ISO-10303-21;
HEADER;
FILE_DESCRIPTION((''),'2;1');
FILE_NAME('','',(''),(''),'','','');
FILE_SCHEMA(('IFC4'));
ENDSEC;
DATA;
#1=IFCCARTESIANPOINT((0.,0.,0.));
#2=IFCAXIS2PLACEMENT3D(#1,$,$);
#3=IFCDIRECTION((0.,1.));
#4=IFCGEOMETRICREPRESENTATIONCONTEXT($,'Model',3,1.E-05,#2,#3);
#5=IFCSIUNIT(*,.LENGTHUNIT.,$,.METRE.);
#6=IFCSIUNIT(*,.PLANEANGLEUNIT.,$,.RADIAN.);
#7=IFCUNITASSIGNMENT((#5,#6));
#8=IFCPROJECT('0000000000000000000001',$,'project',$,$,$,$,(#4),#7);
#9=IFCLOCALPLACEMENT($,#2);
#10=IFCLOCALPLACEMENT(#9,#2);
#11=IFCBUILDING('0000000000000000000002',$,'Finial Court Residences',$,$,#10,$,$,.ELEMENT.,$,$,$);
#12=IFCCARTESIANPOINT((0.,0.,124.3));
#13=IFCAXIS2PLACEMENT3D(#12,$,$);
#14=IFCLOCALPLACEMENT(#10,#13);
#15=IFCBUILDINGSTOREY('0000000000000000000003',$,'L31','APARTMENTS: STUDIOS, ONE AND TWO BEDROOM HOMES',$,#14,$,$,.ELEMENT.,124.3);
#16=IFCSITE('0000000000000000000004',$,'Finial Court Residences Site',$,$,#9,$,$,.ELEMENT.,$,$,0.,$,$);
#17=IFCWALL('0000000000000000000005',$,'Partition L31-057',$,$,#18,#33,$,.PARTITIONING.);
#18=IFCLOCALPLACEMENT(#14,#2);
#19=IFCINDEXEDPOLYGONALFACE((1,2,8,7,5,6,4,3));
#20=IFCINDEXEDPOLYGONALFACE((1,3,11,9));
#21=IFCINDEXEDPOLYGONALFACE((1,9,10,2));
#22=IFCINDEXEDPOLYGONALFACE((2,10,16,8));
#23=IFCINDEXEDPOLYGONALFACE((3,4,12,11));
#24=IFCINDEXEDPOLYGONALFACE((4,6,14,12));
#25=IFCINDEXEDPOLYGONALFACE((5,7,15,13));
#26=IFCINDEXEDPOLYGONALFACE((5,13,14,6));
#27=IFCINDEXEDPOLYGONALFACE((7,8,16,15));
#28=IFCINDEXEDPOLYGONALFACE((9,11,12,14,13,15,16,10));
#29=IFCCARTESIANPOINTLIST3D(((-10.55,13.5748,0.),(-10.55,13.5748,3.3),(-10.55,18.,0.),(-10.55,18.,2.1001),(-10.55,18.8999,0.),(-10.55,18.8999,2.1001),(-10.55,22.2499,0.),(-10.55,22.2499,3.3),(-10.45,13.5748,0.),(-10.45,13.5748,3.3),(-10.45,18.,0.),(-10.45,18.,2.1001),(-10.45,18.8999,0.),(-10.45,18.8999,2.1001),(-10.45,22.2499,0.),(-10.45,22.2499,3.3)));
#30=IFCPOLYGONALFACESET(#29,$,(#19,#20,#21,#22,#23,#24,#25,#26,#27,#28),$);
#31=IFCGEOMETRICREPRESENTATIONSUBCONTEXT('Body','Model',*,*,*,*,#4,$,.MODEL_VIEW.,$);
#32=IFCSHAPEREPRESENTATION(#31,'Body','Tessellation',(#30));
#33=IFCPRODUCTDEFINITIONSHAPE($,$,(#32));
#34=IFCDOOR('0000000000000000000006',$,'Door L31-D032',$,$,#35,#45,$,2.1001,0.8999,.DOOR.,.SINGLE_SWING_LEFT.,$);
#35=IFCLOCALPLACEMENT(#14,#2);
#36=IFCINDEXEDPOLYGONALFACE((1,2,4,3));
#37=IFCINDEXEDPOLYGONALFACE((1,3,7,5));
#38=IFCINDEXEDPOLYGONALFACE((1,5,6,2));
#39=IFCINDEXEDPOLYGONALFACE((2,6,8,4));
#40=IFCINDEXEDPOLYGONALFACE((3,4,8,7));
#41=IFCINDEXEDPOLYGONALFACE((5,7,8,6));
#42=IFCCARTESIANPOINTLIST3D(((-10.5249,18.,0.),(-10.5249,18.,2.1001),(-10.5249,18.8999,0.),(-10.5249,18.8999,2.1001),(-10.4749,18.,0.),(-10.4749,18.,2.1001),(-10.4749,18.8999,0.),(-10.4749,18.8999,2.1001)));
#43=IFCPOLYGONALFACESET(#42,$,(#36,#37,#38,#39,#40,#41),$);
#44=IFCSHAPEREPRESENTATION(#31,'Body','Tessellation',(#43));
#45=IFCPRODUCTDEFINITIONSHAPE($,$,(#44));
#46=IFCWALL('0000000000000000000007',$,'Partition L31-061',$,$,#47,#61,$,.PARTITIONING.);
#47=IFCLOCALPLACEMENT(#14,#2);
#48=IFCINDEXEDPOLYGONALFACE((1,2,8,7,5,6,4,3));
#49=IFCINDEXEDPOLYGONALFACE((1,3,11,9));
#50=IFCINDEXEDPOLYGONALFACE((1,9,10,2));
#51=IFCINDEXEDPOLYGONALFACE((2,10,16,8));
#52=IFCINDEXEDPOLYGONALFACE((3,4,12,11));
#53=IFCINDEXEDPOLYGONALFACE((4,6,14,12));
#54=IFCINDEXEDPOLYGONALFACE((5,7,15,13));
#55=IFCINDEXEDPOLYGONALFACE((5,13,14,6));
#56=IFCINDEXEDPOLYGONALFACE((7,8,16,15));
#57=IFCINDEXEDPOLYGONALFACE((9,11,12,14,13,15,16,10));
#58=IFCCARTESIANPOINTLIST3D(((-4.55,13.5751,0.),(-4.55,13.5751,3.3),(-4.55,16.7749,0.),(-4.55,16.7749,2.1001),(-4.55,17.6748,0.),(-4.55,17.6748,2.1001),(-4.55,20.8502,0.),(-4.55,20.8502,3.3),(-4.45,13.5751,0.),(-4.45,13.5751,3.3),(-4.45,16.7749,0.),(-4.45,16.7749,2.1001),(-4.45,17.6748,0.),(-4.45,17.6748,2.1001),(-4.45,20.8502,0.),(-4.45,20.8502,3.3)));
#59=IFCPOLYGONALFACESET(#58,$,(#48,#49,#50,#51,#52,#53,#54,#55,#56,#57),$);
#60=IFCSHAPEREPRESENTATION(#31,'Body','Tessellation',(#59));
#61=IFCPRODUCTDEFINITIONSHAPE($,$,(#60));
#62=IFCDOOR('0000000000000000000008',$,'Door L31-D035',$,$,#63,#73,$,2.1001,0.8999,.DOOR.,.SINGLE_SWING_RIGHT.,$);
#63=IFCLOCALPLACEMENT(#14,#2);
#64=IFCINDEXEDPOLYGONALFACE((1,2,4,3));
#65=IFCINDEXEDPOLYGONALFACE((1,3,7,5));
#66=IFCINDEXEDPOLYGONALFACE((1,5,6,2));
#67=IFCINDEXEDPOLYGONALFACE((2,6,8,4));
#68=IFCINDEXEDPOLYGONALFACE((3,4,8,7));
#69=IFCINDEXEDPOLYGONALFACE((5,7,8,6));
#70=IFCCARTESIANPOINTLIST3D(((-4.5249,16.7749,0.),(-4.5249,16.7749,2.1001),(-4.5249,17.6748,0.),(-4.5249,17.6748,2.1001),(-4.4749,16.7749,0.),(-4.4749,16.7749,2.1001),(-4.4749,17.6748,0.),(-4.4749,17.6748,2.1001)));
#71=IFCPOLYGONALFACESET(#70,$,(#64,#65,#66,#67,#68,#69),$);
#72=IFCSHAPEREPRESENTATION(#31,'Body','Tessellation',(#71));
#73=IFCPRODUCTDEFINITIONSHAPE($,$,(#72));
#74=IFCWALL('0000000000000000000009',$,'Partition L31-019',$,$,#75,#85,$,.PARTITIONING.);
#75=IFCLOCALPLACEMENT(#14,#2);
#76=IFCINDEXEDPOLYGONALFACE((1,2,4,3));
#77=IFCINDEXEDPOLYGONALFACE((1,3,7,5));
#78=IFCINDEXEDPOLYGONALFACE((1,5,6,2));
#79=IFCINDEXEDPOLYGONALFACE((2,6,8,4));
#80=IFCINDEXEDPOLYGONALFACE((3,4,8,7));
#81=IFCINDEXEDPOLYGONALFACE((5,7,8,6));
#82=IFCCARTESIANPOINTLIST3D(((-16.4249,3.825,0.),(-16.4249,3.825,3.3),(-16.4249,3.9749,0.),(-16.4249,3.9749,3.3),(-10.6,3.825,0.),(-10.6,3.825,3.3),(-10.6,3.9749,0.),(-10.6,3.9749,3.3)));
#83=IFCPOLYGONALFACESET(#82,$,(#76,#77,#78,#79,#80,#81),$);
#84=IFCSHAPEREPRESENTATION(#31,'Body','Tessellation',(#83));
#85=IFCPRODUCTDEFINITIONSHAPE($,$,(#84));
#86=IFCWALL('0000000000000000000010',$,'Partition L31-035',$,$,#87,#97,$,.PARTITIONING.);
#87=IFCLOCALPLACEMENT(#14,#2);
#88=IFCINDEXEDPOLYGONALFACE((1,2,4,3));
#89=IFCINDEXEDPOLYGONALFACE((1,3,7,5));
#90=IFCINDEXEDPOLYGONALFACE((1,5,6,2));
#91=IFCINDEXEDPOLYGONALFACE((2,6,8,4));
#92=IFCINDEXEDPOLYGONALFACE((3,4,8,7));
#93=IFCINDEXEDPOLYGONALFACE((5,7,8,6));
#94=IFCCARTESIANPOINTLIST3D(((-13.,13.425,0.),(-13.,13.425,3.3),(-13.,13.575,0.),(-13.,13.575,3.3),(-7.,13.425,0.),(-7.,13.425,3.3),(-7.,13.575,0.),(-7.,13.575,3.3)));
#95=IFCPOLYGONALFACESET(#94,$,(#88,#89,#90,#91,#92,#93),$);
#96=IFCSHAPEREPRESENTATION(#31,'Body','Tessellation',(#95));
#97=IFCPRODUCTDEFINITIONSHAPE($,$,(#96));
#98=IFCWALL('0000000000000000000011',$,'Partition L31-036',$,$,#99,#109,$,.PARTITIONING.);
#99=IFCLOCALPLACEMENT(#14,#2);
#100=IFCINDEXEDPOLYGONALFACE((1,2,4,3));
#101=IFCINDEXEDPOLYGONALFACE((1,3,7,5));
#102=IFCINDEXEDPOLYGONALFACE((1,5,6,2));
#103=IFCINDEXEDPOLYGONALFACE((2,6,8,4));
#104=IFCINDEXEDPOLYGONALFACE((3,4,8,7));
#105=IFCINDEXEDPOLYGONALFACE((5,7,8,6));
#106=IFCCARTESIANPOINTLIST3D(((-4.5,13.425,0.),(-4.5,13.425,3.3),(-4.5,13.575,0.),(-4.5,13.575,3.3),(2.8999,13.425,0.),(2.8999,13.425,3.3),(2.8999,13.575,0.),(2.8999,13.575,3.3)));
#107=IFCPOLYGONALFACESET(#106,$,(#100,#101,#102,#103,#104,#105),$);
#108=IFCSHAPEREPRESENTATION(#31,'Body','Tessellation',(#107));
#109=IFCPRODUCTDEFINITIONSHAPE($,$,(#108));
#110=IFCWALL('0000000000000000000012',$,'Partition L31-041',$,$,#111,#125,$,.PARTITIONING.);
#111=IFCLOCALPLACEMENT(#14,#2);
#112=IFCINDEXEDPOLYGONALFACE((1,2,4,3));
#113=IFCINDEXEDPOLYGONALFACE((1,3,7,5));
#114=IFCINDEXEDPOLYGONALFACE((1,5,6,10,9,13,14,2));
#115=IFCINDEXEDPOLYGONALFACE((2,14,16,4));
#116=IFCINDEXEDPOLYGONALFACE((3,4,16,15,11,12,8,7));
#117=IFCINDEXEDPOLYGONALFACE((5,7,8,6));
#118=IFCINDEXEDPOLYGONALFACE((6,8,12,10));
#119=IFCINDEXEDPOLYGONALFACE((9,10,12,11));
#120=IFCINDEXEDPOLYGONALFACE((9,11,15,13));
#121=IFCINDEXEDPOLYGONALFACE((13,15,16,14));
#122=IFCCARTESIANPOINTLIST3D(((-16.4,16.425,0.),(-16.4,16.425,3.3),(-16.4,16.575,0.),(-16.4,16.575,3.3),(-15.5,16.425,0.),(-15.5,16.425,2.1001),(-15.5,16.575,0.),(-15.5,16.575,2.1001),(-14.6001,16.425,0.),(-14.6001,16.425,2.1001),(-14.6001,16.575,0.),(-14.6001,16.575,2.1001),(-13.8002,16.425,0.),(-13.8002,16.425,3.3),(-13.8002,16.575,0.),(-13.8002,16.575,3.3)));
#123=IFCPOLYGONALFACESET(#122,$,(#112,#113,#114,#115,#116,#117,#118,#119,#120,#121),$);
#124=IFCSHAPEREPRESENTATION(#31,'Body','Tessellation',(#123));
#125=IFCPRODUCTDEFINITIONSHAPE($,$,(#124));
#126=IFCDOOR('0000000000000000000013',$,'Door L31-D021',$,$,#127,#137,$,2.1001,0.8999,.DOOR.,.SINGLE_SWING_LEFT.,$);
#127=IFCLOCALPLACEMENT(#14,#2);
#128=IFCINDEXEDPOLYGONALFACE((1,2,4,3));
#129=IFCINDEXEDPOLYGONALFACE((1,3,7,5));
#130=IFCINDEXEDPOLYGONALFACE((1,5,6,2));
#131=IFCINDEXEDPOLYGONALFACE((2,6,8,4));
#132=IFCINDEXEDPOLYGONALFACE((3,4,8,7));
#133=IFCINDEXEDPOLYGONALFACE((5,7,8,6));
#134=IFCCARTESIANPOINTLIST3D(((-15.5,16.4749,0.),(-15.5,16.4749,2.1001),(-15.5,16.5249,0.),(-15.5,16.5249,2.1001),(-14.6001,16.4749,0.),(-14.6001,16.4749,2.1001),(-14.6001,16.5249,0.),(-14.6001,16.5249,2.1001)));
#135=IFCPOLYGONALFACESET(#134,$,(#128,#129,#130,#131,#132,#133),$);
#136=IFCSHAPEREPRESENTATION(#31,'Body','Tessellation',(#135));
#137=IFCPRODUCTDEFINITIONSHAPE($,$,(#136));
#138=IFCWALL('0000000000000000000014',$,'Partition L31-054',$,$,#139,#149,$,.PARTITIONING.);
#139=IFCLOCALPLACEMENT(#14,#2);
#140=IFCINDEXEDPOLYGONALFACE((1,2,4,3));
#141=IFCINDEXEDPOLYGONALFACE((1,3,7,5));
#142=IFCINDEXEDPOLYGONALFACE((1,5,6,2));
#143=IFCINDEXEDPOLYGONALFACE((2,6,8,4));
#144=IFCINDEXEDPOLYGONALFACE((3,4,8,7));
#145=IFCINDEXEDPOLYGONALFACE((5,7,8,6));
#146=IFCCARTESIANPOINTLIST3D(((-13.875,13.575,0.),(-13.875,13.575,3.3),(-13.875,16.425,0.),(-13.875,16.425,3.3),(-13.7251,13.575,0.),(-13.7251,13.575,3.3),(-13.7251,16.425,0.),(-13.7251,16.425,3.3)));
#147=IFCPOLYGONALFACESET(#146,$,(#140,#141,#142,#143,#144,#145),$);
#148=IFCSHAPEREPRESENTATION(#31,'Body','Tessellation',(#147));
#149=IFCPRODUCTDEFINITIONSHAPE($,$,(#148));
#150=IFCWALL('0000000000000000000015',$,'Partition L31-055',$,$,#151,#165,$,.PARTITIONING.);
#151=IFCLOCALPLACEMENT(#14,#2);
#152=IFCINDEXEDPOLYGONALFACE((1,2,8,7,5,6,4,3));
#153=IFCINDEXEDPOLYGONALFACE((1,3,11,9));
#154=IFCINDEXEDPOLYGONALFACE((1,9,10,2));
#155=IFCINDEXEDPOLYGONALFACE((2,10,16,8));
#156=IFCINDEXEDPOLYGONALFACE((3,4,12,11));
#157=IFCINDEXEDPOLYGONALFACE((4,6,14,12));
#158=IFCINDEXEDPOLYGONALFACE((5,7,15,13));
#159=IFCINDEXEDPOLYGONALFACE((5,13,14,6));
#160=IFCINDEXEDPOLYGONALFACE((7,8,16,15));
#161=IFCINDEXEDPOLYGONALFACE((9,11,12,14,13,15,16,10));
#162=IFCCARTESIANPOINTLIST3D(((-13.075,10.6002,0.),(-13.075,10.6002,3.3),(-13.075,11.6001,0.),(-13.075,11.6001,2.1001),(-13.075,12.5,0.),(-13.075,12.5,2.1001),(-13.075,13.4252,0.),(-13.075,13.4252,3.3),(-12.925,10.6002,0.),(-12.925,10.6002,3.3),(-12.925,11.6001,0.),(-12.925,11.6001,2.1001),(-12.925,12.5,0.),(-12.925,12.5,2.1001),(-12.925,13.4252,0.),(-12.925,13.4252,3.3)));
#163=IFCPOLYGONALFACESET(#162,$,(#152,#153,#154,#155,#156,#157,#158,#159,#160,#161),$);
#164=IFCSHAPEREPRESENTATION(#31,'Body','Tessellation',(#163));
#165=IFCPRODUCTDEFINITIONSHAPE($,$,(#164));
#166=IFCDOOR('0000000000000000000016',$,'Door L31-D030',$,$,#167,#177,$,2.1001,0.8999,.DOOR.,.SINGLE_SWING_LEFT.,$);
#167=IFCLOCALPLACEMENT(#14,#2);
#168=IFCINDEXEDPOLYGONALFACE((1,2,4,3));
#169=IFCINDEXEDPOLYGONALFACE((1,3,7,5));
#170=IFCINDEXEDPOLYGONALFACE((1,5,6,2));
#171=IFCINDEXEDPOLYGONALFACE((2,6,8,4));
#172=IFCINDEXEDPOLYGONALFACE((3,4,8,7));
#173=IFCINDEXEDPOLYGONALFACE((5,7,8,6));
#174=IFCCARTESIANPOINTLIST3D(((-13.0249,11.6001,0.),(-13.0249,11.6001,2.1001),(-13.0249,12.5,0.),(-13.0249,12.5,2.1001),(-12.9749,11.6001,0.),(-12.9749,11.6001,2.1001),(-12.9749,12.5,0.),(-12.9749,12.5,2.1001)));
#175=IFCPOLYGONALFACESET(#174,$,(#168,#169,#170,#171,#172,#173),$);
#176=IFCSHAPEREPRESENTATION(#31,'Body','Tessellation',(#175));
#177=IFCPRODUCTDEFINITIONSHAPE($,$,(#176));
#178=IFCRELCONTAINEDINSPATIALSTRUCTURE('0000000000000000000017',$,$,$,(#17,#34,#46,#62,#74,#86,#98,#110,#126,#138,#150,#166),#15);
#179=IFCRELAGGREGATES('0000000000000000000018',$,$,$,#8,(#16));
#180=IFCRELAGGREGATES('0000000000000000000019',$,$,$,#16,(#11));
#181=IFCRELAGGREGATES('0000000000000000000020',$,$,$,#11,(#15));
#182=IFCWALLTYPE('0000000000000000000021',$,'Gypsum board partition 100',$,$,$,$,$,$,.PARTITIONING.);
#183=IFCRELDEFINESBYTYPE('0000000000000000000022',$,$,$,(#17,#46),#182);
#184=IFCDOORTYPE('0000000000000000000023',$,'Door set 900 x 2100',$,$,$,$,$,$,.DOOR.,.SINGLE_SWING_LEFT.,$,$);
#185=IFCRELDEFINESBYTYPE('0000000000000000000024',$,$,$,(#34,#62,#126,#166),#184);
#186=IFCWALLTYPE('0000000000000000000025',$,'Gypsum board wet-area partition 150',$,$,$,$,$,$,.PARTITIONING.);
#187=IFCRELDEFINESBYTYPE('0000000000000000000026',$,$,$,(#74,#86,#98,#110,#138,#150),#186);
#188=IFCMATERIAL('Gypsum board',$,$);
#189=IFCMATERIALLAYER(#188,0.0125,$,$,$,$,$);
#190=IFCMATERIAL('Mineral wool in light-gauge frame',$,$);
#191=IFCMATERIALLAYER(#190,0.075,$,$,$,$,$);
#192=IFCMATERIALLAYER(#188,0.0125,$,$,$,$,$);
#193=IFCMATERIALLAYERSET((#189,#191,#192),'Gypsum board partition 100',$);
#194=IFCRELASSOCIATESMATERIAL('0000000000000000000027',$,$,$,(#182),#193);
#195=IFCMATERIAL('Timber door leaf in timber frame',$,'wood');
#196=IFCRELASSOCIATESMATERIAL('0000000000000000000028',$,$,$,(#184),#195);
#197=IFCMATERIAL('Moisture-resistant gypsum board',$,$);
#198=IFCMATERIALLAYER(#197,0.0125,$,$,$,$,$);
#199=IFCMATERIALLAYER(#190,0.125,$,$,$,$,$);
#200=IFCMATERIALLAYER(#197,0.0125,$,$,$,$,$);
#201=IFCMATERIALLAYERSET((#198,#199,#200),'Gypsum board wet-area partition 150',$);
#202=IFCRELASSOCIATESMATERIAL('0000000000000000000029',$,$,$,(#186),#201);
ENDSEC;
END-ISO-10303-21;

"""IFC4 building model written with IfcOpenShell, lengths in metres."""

from ifc_helpers import new_model, si_unit, direction, frame, frame_2d, origin, place, context, subcontext, project, spatial, rectangle, extrude, material, layer, layer_set, type_object, element, fill, save


model = new_model("IFC4")

# Units and contexts
model_context = context("Model", 3, precision=1e-05, world=origin(), true_north=direction((0.0, 1.0)))
body_context = subcontext(model_context, "Body", "Model", "MODEL_VIEW")
ifc_project = project(units=[si_unit("LENGTHUNIT", "METRE"), si_unit("PLANEANGLEUNIT", "RADIAN")], contexts=[model_context])

# Site, building, storey
site_placement = place(None, origin())
site = spatial("IfcSite", under=ifc_project, at=site_placement, Name="Finial Court Residences Site", CompositionType="ELEMENT", RefElevation=0.0)
building_placement = place(site_placement, origin())
building = spatial("IfcBuilding", under=site, at=building_placement, Name="Finial Court Residences", CompositionType="ELEMENT")
storey_placement = place(building_placement, frame((0.0, 0.0, 124.3)))
storey = spatial("IfcBuildingStorey", under=building, at=storey_placement, Name="L31", Description="APARTMENTS: STUDIOS, ONE AND TWO BEDROOM HOMES", CompositionType="ELEMENT", Elevation=124.3)

# Shared definitions
ifc_material_1 = material(Name="Gypsum board")
ifc_layer_1 = layer(ifc_material_1, 0.0125)
ifc_material_2 = material(Name="Mineral wool in light-gauge frame")
ifc_layer_2 = layer(ifc_material_2, 0.075)
ifc_layer_3 = layer(ifc_material_1, 0.0125)
ifc_layer_set_1 = layer_set([ifc_layer_1, ifc_layer_2, ifc_layer_3], Name="Gypsum board partition 100")
wall_type_1 = type_object("IfcWallType", Name="Gypsum board partition 100", PredefinedType="PARTITIONING", material=ifc_layer_set_1)

# Walls, openings, doors
ifc_material_3 = material(Name="Timber door leaf in timber frame", Category="wood")
door_type = type_object("IfcDoorType", Name="Door set 900 x 2100", OperationType="SINGLE_SWING_LEFT", PredefinedType="DOOR", material=ifc_material_3)
wall_1_placement = place(storey_placement, frame((-10.5, 13.575, 0.0), z_axis=(0.0, 0.0, 1.0), x_axis=(0.0, 1.0, 0.0)))
wall_1 = element("IfcWall", 1, at=wall_1_placement, inside=storey, type_object=wall_type_1, Name="Partition L31-057", PredefinedType="PARTITIONING", context=body_context, shape_type="SweptSolid", body=[
    extrude(rectangle(XDim=8.675, YDim=0.1001, at=frame_2d((4.3374, 0.0))), origin(), (0.0, 0.0, 1.0), 3.3),
])
opening_1_placement = place(wall_1_placement, frame((4.425, 0.0, 0.0)))
opening_1 = element("IfcOpeningElement", 2, at=opening_1_placement, cuts=wall_1, PredefinedType="OPENING", context=body_context, shape_type="SweptSolid", body=[
    extrude(rectangle(XDim=0.8999, YDim=2.1001, at=frame_2d((0.45, 1.05))), frame((0.0, 0.0601, 0.0), z_axis=(0.0, -1.0, 0.0), x_axis=(1.0, 0.0, 0.0)), (0.0, 0.0, 1.0), 0.1201),
])
door_1_placement = place(opening_1_placement, origin())
door_1 = element("IfcDoor", 3, at=door_1_placement, inside=storey, type_object=door_type, Name="Door L31-D032", OperationType="SINGLE_SWING_LEFT", OverallHeight=2.1001, OverallWidth=0.8999, PredefinedType="DOOR", context=body_context, shape_type="SweptSolid", body=[
    extrude(rectangle(XDim=0.8999, YDim=2.1001, at=frame_2d((0.45, 1.05))), frame((0.0, 0.0249, 0.0), z_axis=(0.0, -1.0, 0.0), x_axis=(1.0, 0.0, 0.0)), (0.0, 0.0, 1.0), 0.05),
])
fill(opening_1, door_1)
wall_2_placement = place(storey_placement, frame((-4.5, 13.575, 0.0), z_axis=(0.0, 0.0, 1.0), x_axis=(0.0, 1.0, 0.0)))
wall_2 = element("IfcWall", 4, at=wall_2_placement, inside=storey, type_object=wall_type_1, Name="Partition L31-061", PredefinedType="PARTITIONING", context=body_context, shape_type="SweptSolid", body=[
    extrude(rectangle(XDim=7.2751, YDim=0.1001, at=frame_2d((3.6377, 0.0))), origin(), (0.0, 0.0, 1.0), 3.3),
])
opening_2_placement = place(wall_2_placement, frame((3.2, 0.0, 0.0)))
opening_2 = element("IfcOpeningElement", 5, at=opening_2_placement, cuts=wall_2, PredefinedType="OPENING", context=body_context, shape_type="SweptSolid", body=[
    extrude(rectangle(XDim=0.8999, YDim=2.1001, at=frame_2d((0.45, 1.05))), frame((0.0, 0.0601, 0.0), z_axis=(0.0, -1.0, 0.0), x_axis=(1.0, 0.0, 0.0)), (0.0, 0.0, 1.0), 0.1201),
])
door_2_placement = place(opening_2_placement, origin())
door_2 = element("IfcDoor", 6, at=door_2_placement, inside=storey, type_object=door_type, Name="Door L31-D035", OperationType="SINGLE_SWING_RIGHT", OverallHeight=2.1001, OverallWidth=0.8999, PredefinedType="DOOR", context=body_context, shape_type="SweptSolid", body=[
    extrude(rectangle(XDim=0.8999, YDim=2.1001, at=frame_2d((0.45, 1.05))), frame((0.0, 0.0249, 0.0), z_axis=(0.0, -1.0, 0.0), x_axis=(1.0, 0.0, 0.0)), (0.0, 0.0, 1.0), 0.05),
])
fill(opening_2, door_2)

# Walls
ifc_material_4 = material(Name="Moisture-resistant gypsum board")
ifc_layer_4 = layer(ifc_material_4, 0.0125)
ifc_layer_5 = layer(ifc_material_2, 0.125)
ifc_layer_6 = layer(ifc_material_4, 0.0125)
ifc_layer_set_2 = layer_set([ifc_layer_4, ifc_layer_5, ifc_layer_6], Name="Gypsum board wet-area partition 150")
wall_type_2 = type_object("IfcWallType", Name="Gypsum board wet-area partition 150", PredefinedType="PARTITIONING", material=ifc_layer_set_2)
wall_3_placement = place(storey_placement, frame((-16.425, 3.8999, 0.0), z_axis=(0.0, 0.0, 1.0), x_axis=(1.0, 0.0, 0.0)))
element("IfcWall", 7, at=wall_3_placement, inside=storey, type_object=wall_type_2, Name="Partition L31-019", PredefinedType="PARTITIONING", context=body_context, shape_type="SweptSolid", body=[
    extrude(rectangle(XDim=5.825, YDim=0.1499, at=frame_2d((2.9126, 0.0))), origin(), (0.0, 0.0, 1.0), 3.3),
])
wall_4_placement = place(storey_placement, frame((-13.0, 13.5, 0.0), z_axis=(0.0, 0.0, 1.0), x_axis=(1.0, 0.0, 0.0)))
element("IfcWall", 8, at=wall_4_placement, inside=storey, type_object=wall_type_2, Name="Partition L31-035", PredefinedType="PARTITIONING", context=body_context, shape_type="SweptSolid", body=[
    extrude(rectangle(XDim=6.0, YDim=0.1499, at=frame_2d((3.0, 0.0))), origin(), (0.0, 0.0, 1.0), 3.3),
])
wall_5_placement = place(storey_placement, frame((-4.5, 13.5, 0.0), z_axis=(0.0, 0.0, 1.0), x_axis=(1.0, 0.0, 0.0)))
element("IfcWall", 9, at=wall_5_placement, inside=storey, type_object=wall_type_2, Name="Partition L31-036", PredefinedType="PARTITIONING", context=body_context, shape_type="SweptSolid", body=[
    extrude(rectangle(XDim=7.3999, YDim=0.1499, at=frame_2d((3.7, 0.0))), origin(), (0.0, 0.0, 1.0), 3.3),
])

# Wall, opening, door
wall_6_placement = place(storey_placement, frame((-16.3999, 16.5, 0.0), z_axis=(0.0, 0.0, 1.0), x_axis=(1.0, 0.0, 0.0)))
wall_6 = element("IfcWall", 10, at=wall_6_placement, inside=storey, type_object=wall_type_2, Name="Partition L31-041", PredefinedType="PARTITIONING", context=body_context, shape_type="SweptSolid", body=[
    extrude(rectangle(XDim=2.5999, YDim=0.1499, at=frame_2d((1.2998, 0.0))), origin(), (0.0, 0.0, 1.0), 3.3),
])
opening_3_placement = place(wall_6_placement, frame((0.8999, 0.0, 0.0)))
opening_3 = element("IfcOpeningElement", 11, at=opening_3_placement, cuts=wall_6, PredefinedType="OPENING", context=body_context, shape_type="SweptSolid", body=[
    extrude(rectangle(XDim=0.8999, YDim=2.1001, at=frame_2d((0.45, 1.05))), frame((0.0, 0.085, 0.0), z_axis=(0.0, -1.0, 0.0), x_axis=(1.0, 0.0, 0.0)), (0.0, 0.0, 1.0), 0.1699),
])
door_3_placement = place(opening_3_placement, origin())
door_3 = element("IfcDoor", 12, at=door_3_placement, inside=storey, type_object=door_type, Name="Door L31-D021", OperationType="SINGLE_SWING_LEFT", OverallHeight=2.1001, OverallWidth=0.8999, PredefinedType="DOOR", context=body_context, shape_type="SweptSolid", body=[
    extrude(rectangle(XDim=0.8999, YDim=2.1001, at=frame_2d((0.45, 1.05))), frame((0.0, 0.0249, 0.0), z_axis=(0.0, -1.0, 0.0), x_axis=(1.0, 0.0, 0.0)), (0.0, 0.0, 1.0), 0.05),
])
fill(opening_3, door_3)

# Wall
wall_7_placement = place(storey_placement, frame((-13.8, 13.575, 0.0), z_axis=(0.0, 0.0, 1.0), x_axis=(0.0, 1.0, 0.0)))
element("IfcWall", 13, at=wall_7_placement, inside=storey, type_object=wall_type_2, Name="Partition L31-054", PredefinedType="PARTITIONING", context=body_context, shape_type="SweptSolid", body=[
    extrude(rectangle(XDim=2.8501, YDim=0.1499, at=frame_2d((1.425, 0.0))), origin(), (0.0, 0.0, 1.0), 3.3),
])

# Wall, opening, door
wall_8_placement = place(storey_placement, frame((-13.0, 10.6001, 0.0), z_axis=(0.0, 0.0, 1.0), x_axis=(0.0, 1.0, 0.0)))
wall_8 = element("IfcWall", 14, at=wall_8_placement, inside=storey, type_object=wall_type_2, Name="Partition L31-055", PredefinedType="PARTITIONING", context=body_context, shape_type="SweptSolid", body=[
    extrude(rectangle(XDim=2.825, YDim=0.1499, at=frame_2d((1.4126, 0.0))), origin(), (0.0, 0.0, 1.0), 3.3),
])
opening_4_placement = place(wall_8_placement, frame((1.0, 0.0, 0.0)))
opening_4 = element("IfcOpeningElement", 15, at=opening_4_placement, cuts=wall_8, PredefinedType="OPENING", context=body_context, shape_type="SweptSolid", body=[
    extrude(rectangle(XDim=0.8999, YDim=2.1001, at=frame_2d((0.45, 1.05))), frame((0.0, 0.085, 0.0), z_axis=(0.0, -1.0, 0.0), x_axis=(1.0, 0.0, 0.0)), (0.0, 0.0, 1.0), 0.1699),
])
door_4_placement = place(opening_4_placement, origin())
door_4 = element("IfcDoor", 16, at=door_4_placement, inside=storey, type_object=door_type, Name="Door L31-D030", OperationType="SINGLE_SWING_LEFT", OverallHeight=2.1001, OverallWidth=0.8999, PredefinedType="DOOR", context=body_context, shape_type="SweptSolid", body=[
    extrude(rectangle(XDim=0.8999, YDim=2.1001, at=frame_2d((0.45, 1.05))), frame((0.0, 0.0249, 0.0), z_axis=(0.0, -1.0, 0.0), x_axis=(1.0, 0.0, 0.0)), (0.0, 0.0, 1.0), 0.05),
])
fill(opening_4, door_4)

save(model, "model.ifc")
